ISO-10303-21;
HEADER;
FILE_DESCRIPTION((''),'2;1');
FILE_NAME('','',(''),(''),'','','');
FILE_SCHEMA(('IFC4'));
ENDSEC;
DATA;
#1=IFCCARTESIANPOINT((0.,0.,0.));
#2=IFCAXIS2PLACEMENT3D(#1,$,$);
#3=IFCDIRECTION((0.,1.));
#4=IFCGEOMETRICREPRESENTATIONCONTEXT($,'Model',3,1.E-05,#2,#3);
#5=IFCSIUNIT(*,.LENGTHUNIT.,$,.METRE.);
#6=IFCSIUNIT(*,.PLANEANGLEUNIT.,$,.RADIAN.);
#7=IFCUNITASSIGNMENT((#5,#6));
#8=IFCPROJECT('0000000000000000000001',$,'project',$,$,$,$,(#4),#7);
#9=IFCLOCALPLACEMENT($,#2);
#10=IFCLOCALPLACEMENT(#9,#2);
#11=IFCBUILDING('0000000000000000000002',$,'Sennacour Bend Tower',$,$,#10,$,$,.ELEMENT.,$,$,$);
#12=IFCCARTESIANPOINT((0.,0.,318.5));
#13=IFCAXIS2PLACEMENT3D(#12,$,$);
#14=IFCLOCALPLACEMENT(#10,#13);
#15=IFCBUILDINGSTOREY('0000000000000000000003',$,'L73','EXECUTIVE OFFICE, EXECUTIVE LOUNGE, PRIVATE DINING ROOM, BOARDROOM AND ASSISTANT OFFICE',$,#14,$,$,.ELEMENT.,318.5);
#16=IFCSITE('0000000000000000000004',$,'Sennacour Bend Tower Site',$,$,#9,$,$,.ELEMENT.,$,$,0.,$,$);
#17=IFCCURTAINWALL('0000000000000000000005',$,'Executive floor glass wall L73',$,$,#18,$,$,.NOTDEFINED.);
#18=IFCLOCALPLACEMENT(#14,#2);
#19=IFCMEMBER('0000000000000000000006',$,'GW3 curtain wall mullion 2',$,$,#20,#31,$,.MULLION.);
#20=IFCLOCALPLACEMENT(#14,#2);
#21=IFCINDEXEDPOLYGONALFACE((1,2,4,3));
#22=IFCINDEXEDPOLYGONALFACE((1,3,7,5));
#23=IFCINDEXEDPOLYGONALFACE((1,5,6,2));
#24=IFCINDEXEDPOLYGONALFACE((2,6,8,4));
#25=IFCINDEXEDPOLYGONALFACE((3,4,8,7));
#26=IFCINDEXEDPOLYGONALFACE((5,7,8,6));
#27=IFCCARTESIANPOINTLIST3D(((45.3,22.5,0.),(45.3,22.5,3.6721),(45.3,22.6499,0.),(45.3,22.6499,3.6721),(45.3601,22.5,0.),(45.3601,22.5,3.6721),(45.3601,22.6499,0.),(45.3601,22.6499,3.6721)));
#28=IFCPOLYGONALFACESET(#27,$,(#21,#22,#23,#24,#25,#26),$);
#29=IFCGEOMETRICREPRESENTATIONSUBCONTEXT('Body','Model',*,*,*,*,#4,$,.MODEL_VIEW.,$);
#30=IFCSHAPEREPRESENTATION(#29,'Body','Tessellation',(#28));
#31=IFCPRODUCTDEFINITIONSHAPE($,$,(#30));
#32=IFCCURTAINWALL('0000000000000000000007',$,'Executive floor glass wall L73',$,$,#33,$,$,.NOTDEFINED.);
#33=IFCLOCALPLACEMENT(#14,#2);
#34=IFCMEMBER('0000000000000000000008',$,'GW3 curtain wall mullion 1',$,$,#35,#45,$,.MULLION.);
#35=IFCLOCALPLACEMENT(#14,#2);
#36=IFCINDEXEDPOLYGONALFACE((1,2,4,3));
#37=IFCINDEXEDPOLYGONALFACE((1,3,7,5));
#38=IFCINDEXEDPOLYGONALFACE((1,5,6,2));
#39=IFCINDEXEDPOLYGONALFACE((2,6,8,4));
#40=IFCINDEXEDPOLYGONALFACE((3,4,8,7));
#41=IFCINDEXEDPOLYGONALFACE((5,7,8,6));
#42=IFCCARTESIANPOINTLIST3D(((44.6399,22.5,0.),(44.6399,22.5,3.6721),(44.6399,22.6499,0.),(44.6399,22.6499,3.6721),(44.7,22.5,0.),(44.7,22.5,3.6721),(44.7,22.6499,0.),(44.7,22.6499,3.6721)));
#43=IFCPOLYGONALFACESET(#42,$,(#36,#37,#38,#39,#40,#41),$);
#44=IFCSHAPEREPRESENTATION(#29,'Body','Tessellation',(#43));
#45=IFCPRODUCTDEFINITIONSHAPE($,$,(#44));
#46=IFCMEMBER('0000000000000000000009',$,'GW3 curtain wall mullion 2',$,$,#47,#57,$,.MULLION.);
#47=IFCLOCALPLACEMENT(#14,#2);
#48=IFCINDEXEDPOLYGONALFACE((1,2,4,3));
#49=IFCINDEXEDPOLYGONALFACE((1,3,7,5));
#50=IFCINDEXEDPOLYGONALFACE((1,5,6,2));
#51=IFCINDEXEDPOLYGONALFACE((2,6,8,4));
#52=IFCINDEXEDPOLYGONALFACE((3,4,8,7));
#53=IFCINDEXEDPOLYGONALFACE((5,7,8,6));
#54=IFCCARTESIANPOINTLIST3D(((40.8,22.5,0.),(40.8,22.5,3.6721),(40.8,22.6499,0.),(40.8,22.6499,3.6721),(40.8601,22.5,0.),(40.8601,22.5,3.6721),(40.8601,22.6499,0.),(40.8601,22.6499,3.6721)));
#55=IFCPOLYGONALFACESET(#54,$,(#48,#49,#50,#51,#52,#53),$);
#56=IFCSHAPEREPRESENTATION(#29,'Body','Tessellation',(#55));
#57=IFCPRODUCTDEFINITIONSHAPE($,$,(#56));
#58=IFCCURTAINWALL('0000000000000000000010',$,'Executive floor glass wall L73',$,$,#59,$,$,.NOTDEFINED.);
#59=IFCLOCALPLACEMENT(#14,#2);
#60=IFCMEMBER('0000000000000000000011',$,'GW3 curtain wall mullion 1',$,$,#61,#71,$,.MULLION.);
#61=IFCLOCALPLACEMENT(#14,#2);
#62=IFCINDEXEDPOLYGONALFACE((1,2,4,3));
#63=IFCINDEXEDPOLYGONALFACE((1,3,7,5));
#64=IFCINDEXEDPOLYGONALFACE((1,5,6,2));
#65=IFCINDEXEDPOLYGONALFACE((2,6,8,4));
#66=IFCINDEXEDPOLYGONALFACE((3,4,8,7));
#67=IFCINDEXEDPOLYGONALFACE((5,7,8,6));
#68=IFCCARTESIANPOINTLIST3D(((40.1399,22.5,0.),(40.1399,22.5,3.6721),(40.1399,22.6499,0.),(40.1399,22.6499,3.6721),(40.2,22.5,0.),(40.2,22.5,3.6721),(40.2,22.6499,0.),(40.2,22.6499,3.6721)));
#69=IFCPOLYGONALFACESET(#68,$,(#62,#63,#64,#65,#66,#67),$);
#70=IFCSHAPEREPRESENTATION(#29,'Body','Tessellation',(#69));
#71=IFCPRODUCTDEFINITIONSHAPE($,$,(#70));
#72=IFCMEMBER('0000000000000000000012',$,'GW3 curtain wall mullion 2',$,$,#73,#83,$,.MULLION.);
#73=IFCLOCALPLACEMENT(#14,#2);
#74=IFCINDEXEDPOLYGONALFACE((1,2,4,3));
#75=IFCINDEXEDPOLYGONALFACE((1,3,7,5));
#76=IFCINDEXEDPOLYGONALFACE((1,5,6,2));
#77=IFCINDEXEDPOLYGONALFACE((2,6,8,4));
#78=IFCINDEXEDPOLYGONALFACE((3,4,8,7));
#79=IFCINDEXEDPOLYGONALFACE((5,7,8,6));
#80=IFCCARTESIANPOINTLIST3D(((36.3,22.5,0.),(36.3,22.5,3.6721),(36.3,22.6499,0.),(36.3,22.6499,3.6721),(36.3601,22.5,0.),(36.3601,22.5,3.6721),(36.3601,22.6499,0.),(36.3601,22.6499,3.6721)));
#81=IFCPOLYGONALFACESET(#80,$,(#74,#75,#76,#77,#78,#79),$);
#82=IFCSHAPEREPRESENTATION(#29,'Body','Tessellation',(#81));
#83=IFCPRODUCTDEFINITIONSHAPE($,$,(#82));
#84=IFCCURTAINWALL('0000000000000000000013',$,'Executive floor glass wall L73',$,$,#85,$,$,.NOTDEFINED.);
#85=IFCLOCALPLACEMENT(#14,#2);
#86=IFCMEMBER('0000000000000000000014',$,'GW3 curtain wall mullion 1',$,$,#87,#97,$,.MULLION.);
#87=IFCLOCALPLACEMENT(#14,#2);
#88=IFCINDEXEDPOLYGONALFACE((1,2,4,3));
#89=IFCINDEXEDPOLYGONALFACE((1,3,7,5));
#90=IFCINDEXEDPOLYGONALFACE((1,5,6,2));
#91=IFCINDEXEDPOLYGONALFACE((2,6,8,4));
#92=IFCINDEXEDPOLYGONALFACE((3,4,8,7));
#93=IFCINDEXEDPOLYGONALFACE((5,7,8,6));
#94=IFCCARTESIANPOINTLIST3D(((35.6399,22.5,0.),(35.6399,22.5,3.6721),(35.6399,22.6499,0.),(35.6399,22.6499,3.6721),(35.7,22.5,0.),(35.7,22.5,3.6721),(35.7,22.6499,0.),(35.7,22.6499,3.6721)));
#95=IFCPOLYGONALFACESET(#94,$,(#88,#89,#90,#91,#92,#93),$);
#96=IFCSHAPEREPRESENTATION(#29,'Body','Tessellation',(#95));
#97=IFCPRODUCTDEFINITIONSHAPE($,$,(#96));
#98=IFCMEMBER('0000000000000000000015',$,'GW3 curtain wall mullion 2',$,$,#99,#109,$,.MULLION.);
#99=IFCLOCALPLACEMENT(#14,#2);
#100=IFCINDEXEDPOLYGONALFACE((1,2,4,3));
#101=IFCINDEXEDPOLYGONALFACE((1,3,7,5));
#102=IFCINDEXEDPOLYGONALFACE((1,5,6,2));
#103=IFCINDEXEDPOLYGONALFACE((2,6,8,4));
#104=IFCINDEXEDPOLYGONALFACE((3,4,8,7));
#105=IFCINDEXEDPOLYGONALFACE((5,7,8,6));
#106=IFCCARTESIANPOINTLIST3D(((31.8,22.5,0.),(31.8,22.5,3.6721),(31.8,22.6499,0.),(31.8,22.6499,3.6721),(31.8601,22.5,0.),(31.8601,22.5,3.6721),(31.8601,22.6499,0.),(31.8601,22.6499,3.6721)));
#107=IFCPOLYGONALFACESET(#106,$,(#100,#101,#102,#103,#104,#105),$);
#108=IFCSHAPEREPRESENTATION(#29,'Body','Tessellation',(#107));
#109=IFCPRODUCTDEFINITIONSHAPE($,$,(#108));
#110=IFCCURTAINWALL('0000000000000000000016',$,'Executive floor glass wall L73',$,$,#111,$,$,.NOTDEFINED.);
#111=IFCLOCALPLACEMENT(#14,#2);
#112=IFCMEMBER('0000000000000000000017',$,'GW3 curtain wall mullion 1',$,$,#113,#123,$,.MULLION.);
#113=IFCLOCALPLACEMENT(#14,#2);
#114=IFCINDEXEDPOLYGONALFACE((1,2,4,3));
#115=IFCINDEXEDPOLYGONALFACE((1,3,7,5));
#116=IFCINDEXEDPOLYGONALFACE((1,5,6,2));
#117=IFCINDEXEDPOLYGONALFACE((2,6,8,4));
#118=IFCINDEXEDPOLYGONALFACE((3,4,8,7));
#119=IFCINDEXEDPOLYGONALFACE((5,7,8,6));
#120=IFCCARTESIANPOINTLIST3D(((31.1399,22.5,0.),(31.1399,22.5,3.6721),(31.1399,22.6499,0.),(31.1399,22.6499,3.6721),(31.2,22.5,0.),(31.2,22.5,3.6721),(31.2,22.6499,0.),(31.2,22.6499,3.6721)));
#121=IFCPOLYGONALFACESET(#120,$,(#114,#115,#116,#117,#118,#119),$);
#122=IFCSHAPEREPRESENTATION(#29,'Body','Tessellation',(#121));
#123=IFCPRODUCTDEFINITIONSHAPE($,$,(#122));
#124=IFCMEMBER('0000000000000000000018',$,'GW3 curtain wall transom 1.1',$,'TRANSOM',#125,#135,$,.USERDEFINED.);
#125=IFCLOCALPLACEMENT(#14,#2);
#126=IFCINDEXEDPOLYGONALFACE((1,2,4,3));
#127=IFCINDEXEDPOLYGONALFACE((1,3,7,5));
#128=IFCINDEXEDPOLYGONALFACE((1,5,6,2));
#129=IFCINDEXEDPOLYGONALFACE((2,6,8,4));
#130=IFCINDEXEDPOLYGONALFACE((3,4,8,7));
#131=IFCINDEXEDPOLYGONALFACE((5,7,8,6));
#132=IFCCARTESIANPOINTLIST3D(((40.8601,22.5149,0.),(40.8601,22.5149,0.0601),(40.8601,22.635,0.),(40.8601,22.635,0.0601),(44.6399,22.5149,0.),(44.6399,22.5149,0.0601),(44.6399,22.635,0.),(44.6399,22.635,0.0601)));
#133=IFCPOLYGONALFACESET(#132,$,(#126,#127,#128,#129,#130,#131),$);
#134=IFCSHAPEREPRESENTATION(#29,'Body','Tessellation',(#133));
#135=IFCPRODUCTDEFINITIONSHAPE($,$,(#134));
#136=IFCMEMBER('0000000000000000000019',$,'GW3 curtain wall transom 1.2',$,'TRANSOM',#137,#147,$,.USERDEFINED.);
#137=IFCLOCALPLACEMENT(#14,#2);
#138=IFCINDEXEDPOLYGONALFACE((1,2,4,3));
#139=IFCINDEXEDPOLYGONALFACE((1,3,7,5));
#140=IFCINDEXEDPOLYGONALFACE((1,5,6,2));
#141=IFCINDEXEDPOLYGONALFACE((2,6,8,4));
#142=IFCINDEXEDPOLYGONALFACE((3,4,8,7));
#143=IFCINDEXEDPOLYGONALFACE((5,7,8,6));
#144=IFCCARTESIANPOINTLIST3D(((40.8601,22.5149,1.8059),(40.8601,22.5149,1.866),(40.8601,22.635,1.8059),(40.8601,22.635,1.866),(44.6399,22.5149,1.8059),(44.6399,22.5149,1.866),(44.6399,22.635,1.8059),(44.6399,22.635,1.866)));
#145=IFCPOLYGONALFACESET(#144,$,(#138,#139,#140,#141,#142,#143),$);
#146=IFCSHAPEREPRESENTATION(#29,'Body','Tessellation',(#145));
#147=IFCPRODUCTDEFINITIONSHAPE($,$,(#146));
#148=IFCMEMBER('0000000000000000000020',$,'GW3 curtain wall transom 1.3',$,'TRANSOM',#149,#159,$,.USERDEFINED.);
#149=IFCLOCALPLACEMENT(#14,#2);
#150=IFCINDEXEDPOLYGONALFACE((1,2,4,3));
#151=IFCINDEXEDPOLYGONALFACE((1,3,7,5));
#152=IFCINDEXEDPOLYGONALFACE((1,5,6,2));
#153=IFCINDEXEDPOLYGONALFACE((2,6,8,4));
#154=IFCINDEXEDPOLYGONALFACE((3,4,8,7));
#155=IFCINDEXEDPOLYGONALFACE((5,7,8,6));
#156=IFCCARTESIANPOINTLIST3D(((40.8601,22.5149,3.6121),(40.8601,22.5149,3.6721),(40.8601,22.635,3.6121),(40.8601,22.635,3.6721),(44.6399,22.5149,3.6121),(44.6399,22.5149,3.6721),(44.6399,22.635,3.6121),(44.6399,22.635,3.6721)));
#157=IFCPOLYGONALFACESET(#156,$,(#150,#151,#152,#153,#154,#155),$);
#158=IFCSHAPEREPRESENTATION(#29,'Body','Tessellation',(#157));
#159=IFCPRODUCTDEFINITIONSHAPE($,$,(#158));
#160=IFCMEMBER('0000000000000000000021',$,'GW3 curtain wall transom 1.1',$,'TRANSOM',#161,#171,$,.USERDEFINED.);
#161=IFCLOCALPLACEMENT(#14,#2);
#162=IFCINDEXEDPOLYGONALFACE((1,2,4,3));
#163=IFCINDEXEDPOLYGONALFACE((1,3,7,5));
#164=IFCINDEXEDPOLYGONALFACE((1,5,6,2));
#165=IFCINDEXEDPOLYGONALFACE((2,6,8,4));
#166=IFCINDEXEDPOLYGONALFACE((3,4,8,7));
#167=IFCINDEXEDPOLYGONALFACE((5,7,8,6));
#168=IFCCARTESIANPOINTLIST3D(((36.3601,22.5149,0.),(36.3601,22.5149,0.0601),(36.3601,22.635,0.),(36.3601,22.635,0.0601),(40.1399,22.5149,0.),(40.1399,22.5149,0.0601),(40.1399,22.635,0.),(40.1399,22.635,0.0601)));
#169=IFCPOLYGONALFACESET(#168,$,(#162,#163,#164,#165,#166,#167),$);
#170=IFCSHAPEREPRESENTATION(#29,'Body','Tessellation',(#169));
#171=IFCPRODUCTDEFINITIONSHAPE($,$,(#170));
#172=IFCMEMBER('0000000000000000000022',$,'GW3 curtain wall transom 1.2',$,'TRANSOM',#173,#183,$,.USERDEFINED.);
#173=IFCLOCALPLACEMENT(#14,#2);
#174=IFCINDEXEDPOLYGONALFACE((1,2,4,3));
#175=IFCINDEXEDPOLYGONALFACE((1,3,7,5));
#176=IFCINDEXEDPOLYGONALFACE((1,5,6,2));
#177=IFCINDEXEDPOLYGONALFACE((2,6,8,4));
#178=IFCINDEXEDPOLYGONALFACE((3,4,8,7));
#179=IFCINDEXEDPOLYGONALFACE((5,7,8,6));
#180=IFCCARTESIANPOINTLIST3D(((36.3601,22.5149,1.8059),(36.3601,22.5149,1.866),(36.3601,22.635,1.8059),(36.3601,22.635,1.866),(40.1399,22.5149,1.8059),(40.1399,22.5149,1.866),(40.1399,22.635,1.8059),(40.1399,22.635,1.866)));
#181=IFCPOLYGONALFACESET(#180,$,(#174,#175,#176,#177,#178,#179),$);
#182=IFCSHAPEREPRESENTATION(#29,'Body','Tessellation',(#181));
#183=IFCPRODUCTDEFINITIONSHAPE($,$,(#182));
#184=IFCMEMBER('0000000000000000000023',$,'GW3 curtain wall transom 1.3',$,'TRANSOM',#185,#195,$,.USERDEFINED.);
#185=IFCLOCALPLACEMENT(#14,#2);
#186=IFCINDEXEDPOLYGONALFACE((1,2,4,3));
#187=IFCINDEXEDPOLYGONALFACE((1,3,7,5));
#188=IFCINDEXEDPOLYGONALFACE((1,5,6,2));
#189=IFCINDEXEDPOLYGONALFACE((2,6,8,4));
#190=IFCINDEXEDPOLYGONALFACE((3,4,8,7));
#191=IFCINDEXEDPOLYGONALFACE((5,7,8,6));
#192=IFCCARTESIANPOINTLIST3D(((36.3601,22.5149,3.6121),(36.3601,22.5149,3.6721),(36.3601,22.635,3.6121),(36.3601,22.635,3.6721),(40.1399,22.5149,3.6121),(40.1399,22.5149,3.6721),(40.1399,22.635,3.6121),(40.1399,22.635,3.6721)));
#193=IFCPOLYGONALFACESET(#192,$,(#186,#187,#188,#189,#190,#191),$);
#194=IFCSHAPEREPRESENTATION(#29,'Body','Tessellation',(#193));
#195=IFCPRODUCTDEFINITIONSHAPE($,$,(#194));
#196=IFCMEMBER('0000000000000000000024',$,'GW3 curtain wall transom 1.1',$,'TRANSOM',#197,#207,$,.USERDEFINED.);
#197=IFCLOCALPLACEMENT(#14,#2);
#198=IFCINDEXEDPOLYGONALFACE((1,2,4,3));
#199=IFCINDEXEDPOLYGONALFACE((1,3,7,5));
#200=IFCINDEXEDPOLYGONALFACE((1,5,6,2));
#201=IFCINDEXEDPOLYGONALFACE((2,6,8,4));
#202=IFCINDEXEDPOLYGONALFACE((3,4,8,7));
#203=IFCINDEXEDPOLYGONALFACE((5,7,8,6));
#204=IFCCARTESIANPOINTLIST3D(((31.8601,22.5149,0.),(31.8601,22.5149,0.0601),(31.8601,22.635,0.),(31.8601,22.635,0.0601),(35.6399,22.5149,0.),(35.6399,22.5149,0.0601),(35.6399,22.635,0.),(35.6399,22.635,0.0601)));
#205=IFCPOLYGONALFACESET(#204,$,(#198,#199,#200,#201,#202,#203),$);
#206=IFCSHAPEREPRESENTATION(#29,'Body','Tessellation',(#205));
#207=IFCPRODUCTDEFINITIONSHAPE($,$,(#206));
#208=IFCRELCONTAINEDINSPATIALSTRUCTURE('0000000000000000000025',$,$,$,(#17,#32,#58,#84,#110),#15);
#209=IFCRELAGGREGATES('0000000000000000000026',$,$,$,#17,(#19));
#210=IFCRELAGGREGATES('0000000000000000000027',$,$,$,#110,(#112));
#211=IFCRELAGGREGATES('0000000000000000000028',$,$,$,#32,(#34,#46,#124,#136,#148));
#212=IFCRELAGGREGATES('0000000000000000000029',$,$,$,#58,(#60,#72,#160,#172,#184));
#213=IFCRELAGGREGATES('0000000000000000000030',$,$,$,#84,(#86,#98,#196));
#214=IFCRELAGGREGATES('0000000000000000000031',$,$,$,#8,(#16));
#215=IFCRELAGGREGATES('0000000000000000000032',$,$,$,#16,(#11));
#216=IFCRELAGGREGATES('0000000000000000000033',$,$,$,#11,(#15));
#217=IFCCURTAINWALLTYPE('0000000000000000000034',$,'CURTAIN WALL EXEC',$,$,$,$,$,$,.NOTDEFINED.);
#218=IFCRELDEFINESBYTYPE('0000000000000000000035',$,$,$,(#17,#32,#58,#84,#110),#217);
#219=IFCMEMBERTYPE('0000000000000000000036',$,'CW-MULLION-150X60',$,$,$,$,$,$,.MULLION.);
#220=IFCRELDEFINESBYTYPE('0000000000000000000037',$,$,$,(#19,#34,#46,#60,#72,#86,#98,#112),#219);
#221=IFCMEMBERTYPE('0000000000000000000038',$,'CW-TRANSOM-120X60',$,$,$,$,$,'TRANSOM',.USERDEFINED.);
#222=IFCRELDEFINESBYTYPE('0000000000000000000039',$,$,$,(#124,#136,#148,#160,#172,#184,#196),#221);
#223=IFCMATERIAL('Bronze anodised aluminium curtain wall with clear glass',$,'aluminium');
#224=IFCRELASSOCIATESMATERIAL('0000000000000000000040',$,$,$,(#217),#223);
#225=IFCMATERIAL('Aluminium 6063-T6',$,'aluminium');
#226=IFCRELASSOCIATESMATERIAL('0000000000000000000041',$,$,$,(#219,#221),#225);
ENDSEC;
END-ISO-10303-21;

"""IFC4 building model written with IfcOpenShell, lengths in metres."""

from ifc_helpers import new_model, si_unit, direction, frame, origin, origin_2d, place, context, subcontext, project, spatial, rectangle, extrude, material, material_profile, profile_set, type_object, element, aggregate, save


model = new_model("IFC4")

# Units and contexts
model_context = context("Model", 3, precision=1e-05, world=origin(), true_north=direction((0.0, 1.0)))
body_context = subcontext(model_context, "Body", "Model", "MODEL_VIEW")
ifc_project = project(units=[si_unit("LENGTHUNIT", "METRE"), si_unit("PLANEANGLEUNIT", "RADIAN")], contexts=[model_context])

# Site, building, storey
site_placement = place(None, origin())
site = spatial("IfcSite", under=ifc_project, at=site_placement, Name="Sennacour Bend Tower Site", CompositionType="ELEMENT", RefElevation=0.0)
building_placement = place(site_placement, origin())
building = spatial("IfcBuilding", under=site, at=building_placement, Name="Sennacour Bend Tower", CompositionType="ELEMENT")
storey_placement = place(building_placement, frame((0.0, 0.0, 318.5)))
storey = spatial("IfcBuildingStorey", under=building, at=storey_placement, Name="L73", Description="EXECUTIVE OFFICE, EXECUTIVE LOUNGE, PRIVATE DINING ROOM, BOARDROOM AND ASSISTANT OFFICE", CompositionType="ELEMENT", Elevation=318.5)

# Curtain wall, member
ifc_material_1 = material(Name="Bronze anodised aluminium curtain wall with clear glass", Category="aluminium")
curtain_wall_type = type_object("IfcCurtainWallType", Name="CURTAIN WALL EXEC", PredefinedType="NOTDEFINED", material=ifc_material_1)
curtain_wall_1_placement = place(storey_placement, origin())
curtain_wall_1 = element("IfcCurtainWall", 1, at=curtain_wall_1_placement, inside=storey, type_object=curtain_wall_type, Name="Executive floor glass wall L73", PredefinedType="NOTDEFINED")
ifc_material_2 = material(Name="Aluminium 6063-T6", Category="aluminium")
ifc_material_profile_1 = material_profile(ifc_material_2, rectangle(XDim=0.1499, YDim=0.0601, at=origin_2d()), Name="Aluminium 6063-T6", Category="aluminium")
ifc_profile_set_1 = profile_set([ifc_material_profile_1], Name="Aluminium 6063-T6")
member_type_1 = type_object("IfcMemberType", Name="CW-MULLION-150X60", PredefinedType="MULLION", material=ifc_profile_set_1)
member_1_placement = place(storey_placement, frame((45.3301, 22.575, 0.0), z_axis=(0.0, 0.0, 1.0), x_axis=(0.0, -1.0, 0.0)))
member_1 = element("IfcMember", 2, at=member_1_placement, type_object=member_type_1, Name="GW3 curtain wall mullion 2", PredefinedType="MULLION", context=body_context, shape_type="SweptSolid", body=[
    extrude(rectangle(XDim=0.1499, YDim=0.0601, at=origin_2d()), origin(), (0.0, 0.0, 1.0), 3.6721),
])
aggregate(curtain_wall_1, [member_1])

# Curtain walls, members
curtain_wall_2_placement = place(storey_placement, origin())
curtain_wall_2 = element("IfcCurtainWall", 3, at=curtain_wall_2_placement, inside=storey, type_object=curtain_wall_type, Name="Executive floor glass wall L73", PredefinedType="NOTDEFINED")
member_2_placement = place(storey_placement, frame((44.6699, 22.575, 0.0), z_axis=(0.0, 0.0, 1.0), x_axis=(0.0, -1.0, 0.0)))
member_2 = element("IfcMember", 4, at=member_2_placement, type_object=member_type_1, Name="GW3 curtain wall mullion 1", PredefinedType="MULLION", context=body_context, shape_type="SweptSolid", body=[
    extrude(rectangle(XDim=0.1499, YDim=0.0601, at=origin_2d()), origin(), (0.0, 0.0, 1.0), 3.6721),
])
member_3_placement = place(storey_placement, frame((40.8301, 22.575, 0.0), z_axis=(0.0, 0.0, 1.0), x_axis=(0.0, -1.0, 0.0)))
member_3 = element("IfcMember", 5, at=member_3_placement, type_object=member_type_1, Name="GW3 curtain wall mullion 2", PredefinedType="MULLION", context=body_context, shape_type="SweptSolid", body=[
    extrude(rectangle(XDim=0.1499, YDim=0.0601, at=origin_2d()), origin(), (0.0, 0.0, 1.0), 3.6721),
])
curtain_wall_3_placement = place(storey_placement, origin())
curtain_wall_3 = element("IfcCurtainWall", 6, at=curtain_wall_3_placement, inside=storey, type_object=curtain_wall_type, Name="Executive floor glass wall L73", PredefinedType="NOTDEFINED")
member_4_placement = place(storey_placement, frame((40.1699, 22.575, 0.0), z_axis=(0.0, 0.0, 1.0), x_axis=(0.0, -1.0, 0.0)))
member_4 = element("IfcMember", 7, at=member_4_placement, type_object=member_type_1, Name="GW3 curtain wall mullion 1", PredefinedType="MULLION", context=body_context, shape_type="SweptSolid", body=[
    extrude(rectangle(XDim=0.1499, YDim=0.0601, at=origin_2d()), origin(), (0.0, 0.0, 1.0), 3.6721),
])
member_5_placement = place(storey_placement, frame((36.3301, 22.575, 0.0), z_axis=(0.0, 0.0, 1.0), x_axis=(0.0, -1.0, 0.0)))
member_5 = element("IfcMember", 8, at=member_5_placement, type_object=member_type_1, Name="GW3 curtain wall mullion 2", PredefinedType="MULLION", context=body_context, shape_type="SweptSolid", body=[
    extrude(rectangle(XDim=0.1499, YDim=0.0601, at=origin_2d()), origin(), (0.0, 0.0, 1.0), 3.6721),
])
curtain_wall_4_placement = place(storey_placement, origin())
curtain_wall_4 = element("IfcCurtainWall", 9, at=curtain_wall_4_placement, inside=storey, type_object=curtain_wall_type, Name="Executive floor glass wall L73", PredefinedType="NOTDEFINED")
member_6_placement = place(storey_placement, frame((35.6699, 22.575, 0.0), z_axis=(0.0, 0.0, 1.0), x_axis=(0.0, -1.0, 0.0)))
member_6 = element("IfcMember", 10, at=member_6_placement, type_object=member_type_1, Name="GW3 curtain wall mullion 1", PredefinedType="MULLION", context=body_context, shape_type="SweptSolid", body=[
    extrude(rectangle(XDim=0.1499, YDim=0.0601, at=origin_2d()), origin(), (0.0, 0.0, 1.0), 3.6721),
])
member_7_placement = place(storey_placement, frame((31.8301, 22.575, 0.0), z_axis=(0.0, 0.0, 1.0), x_axis=(0.0, -1.0, 0.0)))
member_7 = element("IfcMember", 11, at=member_7_placement, type_object=member_type_1, Name="GW3 curtain wall mullion 2", PredefinedType="MULLION", context=body_context, shape_type="SweptSolid", body=[
    extrude(rectangle(XDim=0.1499, YDim=0.0601, at=origin_2d()), origin(), (0.0, 0.0, 1.0), 3.6721),
])

# Curtain wall, member
curtain_wall_5_placement = place(storey_placement, origin())
curtain_wall_5 = element("IfcCurtainWall", 12, at=curtain_wall_5_placement, inside=storey, type_object=curtain_wall_type, Name="Executive floor glass wall L73", PredefinedType="NOTDEFINED")
member_8_placement = place(storey_placement, frame((31.1699, 22.575, 0.0), z_axis=(0.0, 0.0, 1.0), x_axis=(0.0, -1.0, 0.0)))
member_8 = element("IfcMember", 13, at=member_8_placement, type_object=member_type_1, Name="GW3 curtain wall mullion 1", PredefinedType="MULLION", context=body_context, shape_type="SweptSolid", body=[
    extrude(rectangle(XDim=0.1499, YDim=0.0601, at=origin_2d()), origin(), (0.0, 0.0, 1.0), 3.6721),
])

# Members
ifc_material_profile_2 = material_profile(ifc_material_2, rectangle(XDim=0.1201, YDim=0.0601, at=origin_2d()), Name="Aluminium 6063-T6", Category="aluminium")
ifc_profile_set_2 = profile_set([ifc_material_profile_2], Name="Aluminium 6063-T6")
member_type_2 = type_object("IfcMemberType", Name="CW-TRANSOM-120X60", ElementType="TRANSOM", PredefinedType="USERDEFINED", material=ifc_profile_set_2)
member_9_placement = place(storey_placement, frame((44.6399, 22.575, 0.03), z_axis=(-1.0, 0.0, 0.0), x_axis=(0.0, -1.0, 0.0)))
member_9 = element("IfcMember", 14, at=member_9_placement, type_object=member_type_2, Name="GW3 curtain wall transom 1.1", ObjectType="TRANSOM", PredefinedType="USERDEFINED", context=body_context, shape_type="SweptSolid", body=[
    extrude(rectangle(XDim=0.1201, YDim=0.0601, at=origin_2d()), origin(), (0.0, 0.0, 1.0), 3.7798),
])
member_10_placement = place(storey_placement, frame((44.6399, 22.575, 1.8359), z_axis=(-1.0, 0.0, 0.0), x_axis=(0.0, -1.0, 0.0)))
member_10 = element("IfcMember", 15, at=member_10_placement, type_object=member_type_2, Name="GW3 curtain wall transom 1.2", ObjectType="TRANSOM", PredefinedType="USERDEFINED", context=body_context, shape_type="SweptSolid", body=[
    extrude(rectangle(XDim=0.1201, YDim=0.0601, at=origin_2d()), origin(), (0.0, 0.0, 1.0), 3.7798),
])
member_11_placement = place(storey_placement, frame((44.6399, 22.575, 3.6421), z_axis=(-1.0, 0.0, 0.0), x_axis=(0.0, -1.0, 0.0)))
member_11 = element("IfcMember", 16, at=member_11_placement, type_object=member_type_2, Name="GW3 curtain wall transom 1.3", ObjectType="TRANSOM", PredefinedType="USERDEFINED", context=body_context, shape_type="SweptSolid", body=[
    extrude(rectangle(XDim=0.1201, YDim=0.0601, at=origin_2d()), origin(), (0.0, 0.0, 1.0), 3.7798),
])
member_12_placement = place(storey_placement, frame((40.1399, 22.575, 0.03), z_axis=(-1.0, 0.0, 0.0), x_axis=(0.0, -1.0, 0.0)))
member_12 = element("IfcMember", 17, at=member_12_placement, type_object=member_type_2, Name="GW3 curtain wall transom 1.1", ObjectType="TRANSOM", PredefinedType="USERDEFINED", context=body_context, shape_type="SweptSolid", body=[
    extrude(rectangle(XDim=0.1201, YDim=0.0601, at=origin_2d()), origin(), (0.0, 0.0, 1.0), 3.7798),
])
member_13_placement = place(storey_placement, frame((40.1399, 22.575, 1.8359), z_axis=(-1.0, 0.0, 0.0), x_axis=(0.0, -1.0, 0.0)))
member_13 = element("IfcMember", 18, at=member_13_placement, type_object=member_type_2, Name="GW3 curtain wall transom 1.2", ObjectType="TRANSOM", PredefinedType="USERDEFINED", context=body_context, shape_type="SweptSolid", body=[
    extrude(rectangle(XDim=0.1201, YDim=0.0601, at=origin_2d()), origin(), (0.0, 0.0, 1.0), 3.7798),
])
member_14_placement = place(storey_placement, frame((40.1399, 22.575, 3.6421), z_axis=(-1.0, 0.0, 0.0), x_axis=(0.0, -1.0, 0.0)))
member_14 = element("IfcMember", 19, at=member_14_placement, type_object=member_type_2, Name="GW3 curtain wall transom 1.3", ObjectType="TRANSOM", PredefinedType="USERDEFINED", context=body_context, shape_type="SweptSolid", body=[
    extrude(rectangle(XDim=0.1201, YDim=0.0601, at=origin_2d()), origin(), (0.0, 0.0, 1.0), 3.7798),
])
member_15_placement = place(storey_placement, frame((35.6399, 22.575, 0.03), z_axis=(-1.0, 0.0, 0.0), x_axis=(0.0, -1.0, 0.0)))
member_15 = element("IfcMember", 20, at=member_15_placement, type_object=member_type_2, Name="GW3 curtain wall transom 1.1", ObjectType="TRANSOM", PredefinedType="USERDEFINED", context=body_context, shape_type="SweptSolid", body=[
    extrude(rectangle(XDim=0.1201, YDim=0.0601, at=origin_2d()), origin(), (0.0, 0.0, 1.0), 3.7798),
])
aggregate(curtain_wall_5, [member_8])

aggregate(curtain_wall_2, [member_2, member_3, member_9, member_10, member_11])
aggregate(curtain_wall_3, [member_4, member_5, member_12, member_13, member_14])
aggregate(curtain_wall_4, [member_6, member_7, member_15])

save(model, "model.ifc")
